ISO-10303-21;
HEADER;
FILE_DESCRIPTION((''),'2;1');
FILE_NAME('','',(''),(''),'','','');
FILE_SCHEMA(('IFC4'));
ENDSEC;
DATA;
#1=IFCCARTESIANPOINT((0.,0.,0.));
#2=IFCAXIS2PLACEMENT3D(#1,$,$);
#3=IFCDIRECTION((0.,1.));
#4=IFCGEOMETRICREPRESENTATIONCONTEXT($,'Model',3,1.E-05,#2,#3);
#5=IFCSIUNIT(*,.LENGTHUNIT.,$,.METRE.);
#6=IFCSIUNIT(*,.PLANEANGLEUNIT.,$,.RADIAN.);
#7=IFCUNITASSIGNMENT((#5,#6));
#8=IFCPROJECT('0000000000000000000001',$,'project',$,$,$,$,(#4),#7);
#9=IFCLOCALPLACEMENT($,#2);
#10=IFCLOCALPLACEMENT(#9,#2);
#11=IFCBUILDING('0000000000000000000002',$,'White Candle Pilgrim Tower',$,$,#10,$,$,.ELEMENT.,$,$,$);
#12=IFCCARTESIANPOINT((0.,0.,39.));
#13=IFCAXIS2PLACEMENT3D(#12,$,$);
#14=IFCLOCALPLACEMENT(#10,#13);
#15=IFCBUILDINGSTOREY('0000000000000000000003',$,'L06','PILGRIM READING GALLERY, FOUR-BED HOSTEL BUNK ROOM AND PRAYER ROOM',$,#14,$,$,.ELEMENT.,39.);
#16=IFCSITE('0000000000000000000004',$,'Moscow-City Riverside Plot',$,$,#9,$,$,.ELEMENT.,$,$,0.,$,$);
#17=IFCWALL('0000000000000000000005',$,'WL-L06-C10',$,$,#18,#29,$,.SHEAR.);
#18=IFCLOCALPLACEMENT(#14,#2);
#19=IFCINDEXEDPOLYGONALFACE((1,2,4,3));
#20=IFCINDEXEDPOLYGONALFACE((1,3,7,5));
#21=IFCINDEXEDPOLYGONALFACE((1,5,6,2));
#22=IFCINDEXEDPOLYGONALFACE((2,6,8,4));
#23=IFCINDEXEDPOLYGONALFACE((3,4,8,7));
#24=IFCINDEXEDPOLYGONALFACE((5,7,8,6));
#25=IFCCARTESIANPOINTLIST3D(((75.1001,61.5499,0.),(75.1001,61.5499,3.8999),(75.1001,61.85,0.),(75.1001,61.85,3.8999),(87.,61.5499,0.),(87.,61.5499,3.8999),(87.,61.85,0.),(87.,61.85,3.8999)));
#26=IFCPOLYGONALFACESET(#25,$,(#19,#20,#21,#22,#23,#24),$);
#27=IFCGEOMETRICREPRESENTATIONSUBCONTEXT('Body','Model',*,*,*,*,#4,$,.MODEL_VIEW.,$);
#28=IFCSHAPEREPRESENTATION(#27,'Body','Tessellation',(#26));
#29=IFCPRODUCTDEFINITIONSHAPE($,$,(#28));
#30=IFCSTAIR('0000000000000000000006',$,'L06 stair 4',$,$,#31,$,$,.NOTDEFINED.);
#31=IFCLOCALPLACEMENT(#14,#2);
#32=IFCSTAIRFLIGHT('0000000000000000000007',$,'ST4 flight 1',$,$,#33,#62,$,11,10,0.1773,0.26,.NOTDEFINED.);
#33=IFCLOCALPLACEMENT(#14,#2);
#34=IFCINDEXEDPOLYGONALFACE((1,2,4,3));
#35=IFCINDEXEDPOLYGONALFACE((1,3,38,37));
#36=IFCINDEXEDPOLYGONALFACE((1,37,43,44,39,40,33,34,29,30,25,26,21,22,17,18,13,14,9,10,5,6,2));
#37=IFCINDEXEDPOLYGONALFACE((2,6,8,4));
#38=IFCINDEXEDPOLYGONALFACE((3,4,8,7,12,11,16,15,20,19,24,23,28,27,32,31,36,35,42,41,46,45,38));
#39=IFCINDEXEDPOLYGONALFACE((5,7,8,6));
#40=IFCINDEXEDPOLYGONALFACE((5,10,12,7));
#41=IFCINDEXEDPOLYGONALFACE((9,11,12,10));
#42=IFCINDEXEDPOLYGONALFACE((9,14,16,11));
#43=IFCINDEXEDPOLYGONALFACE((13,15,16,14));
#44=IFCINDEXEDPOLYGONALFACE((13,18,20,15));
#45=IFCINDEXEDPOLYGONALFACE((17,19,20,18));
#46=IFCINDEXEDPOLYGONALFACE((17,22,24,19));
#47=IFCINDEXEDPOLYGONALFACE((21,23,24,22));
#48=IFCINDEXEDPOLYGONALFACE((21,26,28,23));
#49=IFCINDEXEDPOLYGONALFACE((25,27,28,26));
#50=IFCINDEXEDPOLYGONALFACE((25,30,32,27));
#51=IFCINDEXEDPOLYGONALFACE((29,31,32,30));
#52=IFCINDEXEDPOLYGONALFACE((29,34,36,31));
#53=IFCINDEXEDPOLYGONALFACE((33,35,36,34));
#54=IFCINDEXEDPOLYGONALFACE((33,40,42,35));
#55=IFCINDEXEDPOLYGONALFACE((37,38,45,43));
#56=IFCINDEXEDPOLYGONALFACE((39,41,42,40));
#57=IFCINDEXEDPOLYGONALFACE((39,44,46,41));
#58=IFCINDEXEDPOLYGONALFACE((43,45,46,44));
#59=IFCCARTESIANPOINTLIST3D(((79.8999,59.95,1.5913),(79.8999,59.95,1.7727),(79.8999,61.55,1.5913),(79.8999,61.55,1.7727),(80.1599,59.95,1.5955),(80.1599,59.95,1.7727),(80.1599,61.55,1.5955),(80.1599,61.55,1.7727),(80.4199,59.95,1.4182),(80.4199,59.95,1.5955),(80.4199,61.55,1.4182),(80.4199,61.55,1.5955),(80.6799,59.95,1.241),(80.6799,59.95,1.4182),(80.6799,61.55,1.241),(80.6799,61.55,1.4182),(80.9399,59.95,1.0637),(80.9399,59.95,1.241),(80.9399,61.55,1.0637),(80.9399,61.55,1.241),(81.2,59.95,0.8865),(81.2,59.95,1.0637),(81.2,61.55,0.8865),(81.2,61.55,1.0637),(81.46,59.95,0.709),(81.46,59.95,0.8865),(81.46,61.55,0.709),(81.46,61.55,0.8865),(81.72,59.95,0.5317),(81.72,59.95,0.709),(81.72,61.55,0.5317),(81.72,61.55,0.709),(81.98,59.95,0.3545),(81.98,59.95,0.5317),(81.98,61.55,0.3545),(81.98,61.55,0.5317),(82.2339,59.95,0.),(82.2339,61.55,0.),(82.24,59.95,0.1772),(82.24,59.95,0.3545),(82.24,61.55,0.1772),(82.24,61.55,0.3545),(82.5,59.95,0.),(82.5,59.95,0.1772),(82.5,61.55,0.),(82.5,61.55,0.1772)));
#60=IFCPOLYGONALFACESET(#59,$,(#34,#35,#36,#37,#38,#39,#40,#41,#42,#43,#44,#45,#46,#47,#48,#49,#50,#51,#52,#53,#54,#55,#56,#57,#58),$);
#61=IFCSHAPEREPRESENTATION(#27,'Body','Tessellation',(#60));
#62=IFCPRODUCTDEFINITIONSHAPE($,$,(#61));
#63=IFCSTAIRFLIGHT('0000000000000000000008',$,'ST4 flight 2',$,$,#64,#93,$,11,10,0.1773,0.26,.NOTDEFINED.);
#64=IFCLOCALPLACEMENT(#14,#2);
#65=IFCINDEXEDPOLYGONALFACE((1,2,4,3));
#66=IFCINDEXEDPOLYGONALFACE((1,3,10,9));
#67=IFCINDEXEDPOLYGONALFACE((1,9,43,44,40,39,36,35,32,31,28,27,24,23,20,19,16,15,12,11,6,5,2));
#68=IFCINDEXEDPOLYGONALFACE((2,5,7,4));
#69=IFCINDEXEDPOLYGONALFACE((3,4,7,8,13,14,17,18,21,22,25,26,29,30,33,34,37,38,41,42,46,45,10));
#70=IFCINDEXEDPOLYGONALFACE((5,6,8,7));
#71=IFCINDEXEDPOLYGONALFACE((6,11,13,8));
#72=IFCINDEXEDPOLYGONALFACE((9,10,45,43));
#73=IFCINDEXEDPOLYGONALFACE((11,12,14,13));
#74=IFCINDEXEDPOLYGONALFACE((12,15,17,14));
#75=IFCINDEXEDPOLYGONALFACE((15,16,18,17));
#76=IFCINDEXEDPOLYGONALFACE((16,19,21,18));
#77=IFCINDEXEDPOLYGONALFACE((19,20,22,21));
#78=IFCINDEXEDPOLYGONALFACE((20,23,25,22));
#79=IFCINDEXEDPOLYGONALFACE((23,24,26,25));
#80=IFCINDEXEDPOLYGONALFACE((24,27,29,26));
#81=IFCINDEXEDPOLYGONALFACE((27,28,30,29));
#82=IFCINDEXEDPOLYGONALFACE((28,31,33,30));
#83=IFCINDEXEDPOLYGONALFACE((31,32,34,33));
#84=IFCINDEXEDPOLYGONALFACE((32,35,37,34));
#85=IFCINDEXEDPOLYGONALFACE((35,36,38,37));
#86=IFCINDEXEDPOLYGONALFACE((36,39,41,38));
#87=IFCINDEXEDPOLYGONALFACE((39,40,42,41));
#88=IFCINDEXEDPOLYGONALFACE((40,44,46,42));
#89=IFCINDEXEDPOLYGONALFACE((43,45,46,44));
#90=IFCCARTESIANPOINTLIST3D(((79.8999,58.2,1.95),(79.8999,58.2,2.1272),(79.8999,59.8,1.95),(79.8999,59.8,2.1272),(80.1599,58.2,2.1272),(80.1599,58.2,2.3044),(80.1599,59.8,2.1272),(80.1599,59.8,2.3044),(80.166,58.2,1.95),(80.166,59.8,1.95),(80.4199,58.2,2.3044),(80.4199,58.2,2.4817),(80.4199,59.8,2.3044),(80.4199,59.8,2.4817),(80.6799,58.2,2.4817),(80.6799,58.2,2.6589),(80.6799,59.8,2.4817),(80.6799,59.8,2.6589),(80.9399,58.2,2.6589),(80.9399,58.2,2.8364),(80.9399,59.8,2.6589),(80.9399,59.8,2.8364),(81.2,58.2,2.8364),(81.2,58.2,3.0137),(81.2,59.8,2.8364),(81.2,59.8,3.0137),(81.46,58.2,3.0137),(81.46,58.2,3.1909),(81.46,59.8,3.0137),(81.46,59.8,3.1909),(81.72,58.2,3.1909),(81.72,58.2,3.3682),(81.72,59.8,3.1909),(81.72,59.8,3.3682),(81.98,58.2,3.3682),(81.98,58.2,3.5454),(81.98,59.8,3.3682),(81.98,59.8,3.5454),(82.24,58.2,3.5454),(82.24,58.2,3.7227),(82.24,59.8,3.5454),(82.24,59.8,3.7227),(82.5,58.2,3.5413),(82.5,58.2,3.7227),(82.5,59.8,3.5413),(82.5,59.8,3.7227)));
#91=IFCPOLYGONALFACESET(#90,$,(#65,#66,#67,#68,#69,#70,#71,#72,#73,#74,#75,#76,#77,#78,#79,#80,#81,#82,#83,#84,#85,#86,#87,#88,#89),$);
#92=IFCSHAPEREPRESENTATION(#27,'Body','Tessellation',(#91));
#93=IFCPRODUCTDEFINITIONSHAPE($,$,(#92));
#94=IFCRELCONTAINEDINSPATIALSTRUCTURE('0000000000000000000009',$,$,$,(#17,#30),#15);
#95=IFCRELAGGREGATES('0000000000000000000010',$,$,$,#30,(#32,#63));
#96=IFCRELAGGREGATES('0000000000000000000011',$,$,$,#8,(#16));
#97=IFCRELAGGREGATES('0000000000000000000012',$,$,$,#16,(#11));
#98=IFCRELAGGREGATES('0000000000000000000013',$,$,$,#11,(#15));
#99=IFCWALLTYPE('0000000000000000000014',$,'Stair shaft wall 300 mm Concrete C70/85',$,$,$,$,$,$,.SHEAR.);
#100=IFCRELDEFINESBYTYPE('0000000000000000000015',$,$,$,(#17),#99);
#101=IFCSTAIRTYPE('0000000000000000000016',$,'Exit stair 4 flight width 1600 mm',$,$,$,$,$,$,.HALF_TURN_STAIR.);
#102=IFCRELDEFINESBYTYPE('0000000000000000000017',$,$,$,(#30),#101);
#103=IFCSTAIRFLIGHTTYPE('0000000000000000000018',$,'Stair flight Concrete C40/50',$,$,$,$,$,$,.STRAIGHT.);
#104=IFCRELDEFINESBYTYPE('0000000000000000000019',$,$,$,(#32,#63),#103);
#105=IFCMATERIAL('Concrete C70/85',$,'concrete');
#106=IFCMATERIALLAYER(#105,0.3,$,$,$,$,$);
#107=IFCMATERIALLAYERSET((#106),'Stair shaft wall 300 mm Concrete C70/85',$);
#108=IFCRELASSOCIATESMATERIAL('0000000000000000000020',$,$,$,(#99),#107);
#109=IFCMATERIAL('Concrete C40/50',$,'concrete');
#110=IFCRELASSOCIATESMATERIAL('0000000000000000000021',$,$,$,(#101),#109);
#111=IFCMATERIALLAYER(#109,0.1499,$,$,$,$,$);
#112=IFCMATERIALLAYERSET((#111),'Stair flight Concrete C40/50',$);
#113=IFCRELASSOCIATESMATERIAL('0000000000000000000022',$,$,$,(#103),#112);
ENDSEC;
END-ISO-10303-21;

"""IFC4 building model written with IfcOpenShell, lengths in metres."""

from ifc_helpers import new_model, si_unit, direction, frame, frame_2d, origin, place, context, subcontext, project, spatial, polyline, rectangle, outline, extrude, material, layer, layer_set, type_object, element, aggregate, save


model = new_model("IFC4")

# Units and contexts
model_context = context("Model", 3, precision=1e-05, world=origin(), true_north=direction((0.0, 1.0)))
body_context = subcontext(model_context, "Body", "Model", "MODEL_VIEW")
ifc_project = project(units=[si_unit("LENGTHUNIT", "METRE"), si_unit("PLANEANGLEUNIT", "RADIAN")], contexts=[model_context])

# Site, building, storey
site_placement = place(None, origin())
site = spatial("IfcSite", under=ifc_project, at=site_placement, Name="Moscow-City Riverside Plot", CompositionType="ELEMENT", RefElevation=0.0)
building_placement = place(site_placement, origin())
building = spatial("IfcBuilding", under=site, at=building_placement, Name="White Candle Pilgrim Tower", CompositionType="ELEMENT")
storey_placement = place(building_placement, frame((0.0, 0.0, 39.0)))
storey = spatial("IfcBuildingStorey", under=building, at=storey_placement, Name="L06", Description="PILGRIM READING GALLERY, FOUR-BED HOSTEL BUNK ROOM AND PRAYER ROOM", CompositionType="ELEMENT", Elevation=39.0)

# Shared definitions
ifc_material_1 = material(Name="Concrete C70/85", Category="concrete")
ifc_layer_1 = layer(ifc_material_1, 0.3)
ifc_layer_set_1 = layer_set([ifc_layer_1], Name="Stair shaft wall 300 mm Concrete C70/85")
wall_type_1 = type_object("IfcWallType", Name="Stair shaft wall 300 mm Concrete C70/85", PredefinedType="SHEAR", material=ifc_layer_set_1)

# Wall
wall_1_placement = place(storey_placement, frame((75.1001, 61.7, 0.0), z_axis=(0.0, 0.0, 1.0), x_axis=(1.0, 0.0, 0.0)))
element("IfcWall", 1, at=wall_1_placement, inside=storey, type_object=wall_type_1, Name="WL-L06-C10", PredefinedType="SHEAR", context=body_context, shape_type="SweptSolid", body=[
    extrude(rectangle(XDim=11.8999, YDim=0.3, at=frame_2d((5.95, 0.0))), origin(), (0.0, 0.0, 1.0), 3.8999),
])

# Stair, stair flights
ifc_material_2 = material(Name="Concrete C40/50", Category="concrete")
stair_type = type_object("IfcStairType", Name="Exit stair 4 flight width 1600 mm", PredefinedType="HALF_TURN_STAIR", material=ifc_material_2)
stair_placement = place(storey_placement, origin())
stair = element("IfcStair", 2, at=stair_placement, inside=storey, type_object=stair_type, Name="L06 stair 4", PredefinedType="NOTDEFINED")
ifc_layer_2 = layer(ifc_material_2, 0.1499)
ifc_layer_set_2 = layer_set([ifc_layer_2], Name="Stair flight Concrete C40/50")
stair_flight_type = type_object("IfcStairFlightType", Name="Stair flight Concrete C40/50", PredefinedType="STRAIGHT", material=ifc_layer_set_2)
stair_flight_1_placement = place(storey_placement, frame((82.5, 60.75, 0.0), z_axis=(0.0, 0.0, 1.0), x_axis=(-1.0, 0.0, 0.0)))
stair_flight_1 = element("IfcStairFlight", 3, at=stair_flight_1_placement, type_object=stair_flight_type, Name="ST4 flight 1", NumberOfRisers=11, NumberOfTreads=10, PredefinedType="NOTDEFINED", RiserHeight=0.1773, TreadLength=0.26, context=body_context, shape_type="SweptSolid", body=[
    extrude(outline(polyline([(0.0, 0.0), (0.0, 0.1772), (0.26, 0.1772), (0.26, 0.3545), (0.52, 0.3545), (0.52, 0.5317), (0.78, 0.5317), (0.78, 0.709), (1.04, 0.709), (1.04, 0.8865), (1.3, 0.8865), (1.3, 1.0637), (1.5601, 1.0637), (1.5601, 1.241), (1.8201, 1.241), (1.8201, 1.4182), (2.0801, 1.4182), (2.0801, 1.5955), (2.3401, 1.5955), (2.3401, 1.7727), (2.6001, 1.7727), (2.6001, 1.95), (2.6001, 1.5913), (0.2661, 0.0), (0.0, 0.0)])), frame((0.0, 0.8, 0.0), z_axis=(0.0, -1.0, 0.0), x_axis=(1.0, 0.0, 0.0)), (0.0, 0.0, 1.0), 1.6001),
])
stair_flight_2_placement = place(storey_placement, frame((79.8999, 59.0, 1.95), z_axis=(0.0, 0.0, 1.0), x_axis=(1.0, 0.0, 0.0)))
stair_flight_2 = element("IfcStairFlight", 4, at=stair_flight_2_placement, type_object=stair_flight_type, Name="ST4 flight 2", NumberOfRisers=11, NumberOfTreads=10, PredefinedType="NOTDEFINED", RiserHeight=0.1773, TreadLength=0.26, context=body_context, shape_type="SweptSolid", body=[
    extrude(outline(polyline([(0.0, 0.0), (0.0, 0.1772), (0.26, 0.1772), (0.26, 0.3545), (0.52, 0.3545), (0.52, 0.5317), (0.78, 0.5317), (0.78, 0.709), (1.04, 0.709), (1.04, 0.8865), (1.3, 0.8865), (1.3, 1.0637), (1.5601, 1.0637), (1.5601, 1.241), (1.8201, 1.241), (1.8201, 1.4182), (2.0801, 1.4182), (2.0801, 1.5955), (2.3401, 1.5955), (2.3401, 1.7727), (2.6001, 1.7727), (2.6001, 1.95), (2.6001, 1.5913), (0.2661, 0.0), (0.0, 0.0)])), frame((0.0, 0.8, 0.0), z_axis=(0.0, -1.0, 0.0), x_axis=(1.0, 0.0, 0.0)), (0.0, 0.0, 1.0), 1.6001),
])
aggregate(stair, [stair_flight_1, stair_flight_2])

save(model, "model.ifc")
